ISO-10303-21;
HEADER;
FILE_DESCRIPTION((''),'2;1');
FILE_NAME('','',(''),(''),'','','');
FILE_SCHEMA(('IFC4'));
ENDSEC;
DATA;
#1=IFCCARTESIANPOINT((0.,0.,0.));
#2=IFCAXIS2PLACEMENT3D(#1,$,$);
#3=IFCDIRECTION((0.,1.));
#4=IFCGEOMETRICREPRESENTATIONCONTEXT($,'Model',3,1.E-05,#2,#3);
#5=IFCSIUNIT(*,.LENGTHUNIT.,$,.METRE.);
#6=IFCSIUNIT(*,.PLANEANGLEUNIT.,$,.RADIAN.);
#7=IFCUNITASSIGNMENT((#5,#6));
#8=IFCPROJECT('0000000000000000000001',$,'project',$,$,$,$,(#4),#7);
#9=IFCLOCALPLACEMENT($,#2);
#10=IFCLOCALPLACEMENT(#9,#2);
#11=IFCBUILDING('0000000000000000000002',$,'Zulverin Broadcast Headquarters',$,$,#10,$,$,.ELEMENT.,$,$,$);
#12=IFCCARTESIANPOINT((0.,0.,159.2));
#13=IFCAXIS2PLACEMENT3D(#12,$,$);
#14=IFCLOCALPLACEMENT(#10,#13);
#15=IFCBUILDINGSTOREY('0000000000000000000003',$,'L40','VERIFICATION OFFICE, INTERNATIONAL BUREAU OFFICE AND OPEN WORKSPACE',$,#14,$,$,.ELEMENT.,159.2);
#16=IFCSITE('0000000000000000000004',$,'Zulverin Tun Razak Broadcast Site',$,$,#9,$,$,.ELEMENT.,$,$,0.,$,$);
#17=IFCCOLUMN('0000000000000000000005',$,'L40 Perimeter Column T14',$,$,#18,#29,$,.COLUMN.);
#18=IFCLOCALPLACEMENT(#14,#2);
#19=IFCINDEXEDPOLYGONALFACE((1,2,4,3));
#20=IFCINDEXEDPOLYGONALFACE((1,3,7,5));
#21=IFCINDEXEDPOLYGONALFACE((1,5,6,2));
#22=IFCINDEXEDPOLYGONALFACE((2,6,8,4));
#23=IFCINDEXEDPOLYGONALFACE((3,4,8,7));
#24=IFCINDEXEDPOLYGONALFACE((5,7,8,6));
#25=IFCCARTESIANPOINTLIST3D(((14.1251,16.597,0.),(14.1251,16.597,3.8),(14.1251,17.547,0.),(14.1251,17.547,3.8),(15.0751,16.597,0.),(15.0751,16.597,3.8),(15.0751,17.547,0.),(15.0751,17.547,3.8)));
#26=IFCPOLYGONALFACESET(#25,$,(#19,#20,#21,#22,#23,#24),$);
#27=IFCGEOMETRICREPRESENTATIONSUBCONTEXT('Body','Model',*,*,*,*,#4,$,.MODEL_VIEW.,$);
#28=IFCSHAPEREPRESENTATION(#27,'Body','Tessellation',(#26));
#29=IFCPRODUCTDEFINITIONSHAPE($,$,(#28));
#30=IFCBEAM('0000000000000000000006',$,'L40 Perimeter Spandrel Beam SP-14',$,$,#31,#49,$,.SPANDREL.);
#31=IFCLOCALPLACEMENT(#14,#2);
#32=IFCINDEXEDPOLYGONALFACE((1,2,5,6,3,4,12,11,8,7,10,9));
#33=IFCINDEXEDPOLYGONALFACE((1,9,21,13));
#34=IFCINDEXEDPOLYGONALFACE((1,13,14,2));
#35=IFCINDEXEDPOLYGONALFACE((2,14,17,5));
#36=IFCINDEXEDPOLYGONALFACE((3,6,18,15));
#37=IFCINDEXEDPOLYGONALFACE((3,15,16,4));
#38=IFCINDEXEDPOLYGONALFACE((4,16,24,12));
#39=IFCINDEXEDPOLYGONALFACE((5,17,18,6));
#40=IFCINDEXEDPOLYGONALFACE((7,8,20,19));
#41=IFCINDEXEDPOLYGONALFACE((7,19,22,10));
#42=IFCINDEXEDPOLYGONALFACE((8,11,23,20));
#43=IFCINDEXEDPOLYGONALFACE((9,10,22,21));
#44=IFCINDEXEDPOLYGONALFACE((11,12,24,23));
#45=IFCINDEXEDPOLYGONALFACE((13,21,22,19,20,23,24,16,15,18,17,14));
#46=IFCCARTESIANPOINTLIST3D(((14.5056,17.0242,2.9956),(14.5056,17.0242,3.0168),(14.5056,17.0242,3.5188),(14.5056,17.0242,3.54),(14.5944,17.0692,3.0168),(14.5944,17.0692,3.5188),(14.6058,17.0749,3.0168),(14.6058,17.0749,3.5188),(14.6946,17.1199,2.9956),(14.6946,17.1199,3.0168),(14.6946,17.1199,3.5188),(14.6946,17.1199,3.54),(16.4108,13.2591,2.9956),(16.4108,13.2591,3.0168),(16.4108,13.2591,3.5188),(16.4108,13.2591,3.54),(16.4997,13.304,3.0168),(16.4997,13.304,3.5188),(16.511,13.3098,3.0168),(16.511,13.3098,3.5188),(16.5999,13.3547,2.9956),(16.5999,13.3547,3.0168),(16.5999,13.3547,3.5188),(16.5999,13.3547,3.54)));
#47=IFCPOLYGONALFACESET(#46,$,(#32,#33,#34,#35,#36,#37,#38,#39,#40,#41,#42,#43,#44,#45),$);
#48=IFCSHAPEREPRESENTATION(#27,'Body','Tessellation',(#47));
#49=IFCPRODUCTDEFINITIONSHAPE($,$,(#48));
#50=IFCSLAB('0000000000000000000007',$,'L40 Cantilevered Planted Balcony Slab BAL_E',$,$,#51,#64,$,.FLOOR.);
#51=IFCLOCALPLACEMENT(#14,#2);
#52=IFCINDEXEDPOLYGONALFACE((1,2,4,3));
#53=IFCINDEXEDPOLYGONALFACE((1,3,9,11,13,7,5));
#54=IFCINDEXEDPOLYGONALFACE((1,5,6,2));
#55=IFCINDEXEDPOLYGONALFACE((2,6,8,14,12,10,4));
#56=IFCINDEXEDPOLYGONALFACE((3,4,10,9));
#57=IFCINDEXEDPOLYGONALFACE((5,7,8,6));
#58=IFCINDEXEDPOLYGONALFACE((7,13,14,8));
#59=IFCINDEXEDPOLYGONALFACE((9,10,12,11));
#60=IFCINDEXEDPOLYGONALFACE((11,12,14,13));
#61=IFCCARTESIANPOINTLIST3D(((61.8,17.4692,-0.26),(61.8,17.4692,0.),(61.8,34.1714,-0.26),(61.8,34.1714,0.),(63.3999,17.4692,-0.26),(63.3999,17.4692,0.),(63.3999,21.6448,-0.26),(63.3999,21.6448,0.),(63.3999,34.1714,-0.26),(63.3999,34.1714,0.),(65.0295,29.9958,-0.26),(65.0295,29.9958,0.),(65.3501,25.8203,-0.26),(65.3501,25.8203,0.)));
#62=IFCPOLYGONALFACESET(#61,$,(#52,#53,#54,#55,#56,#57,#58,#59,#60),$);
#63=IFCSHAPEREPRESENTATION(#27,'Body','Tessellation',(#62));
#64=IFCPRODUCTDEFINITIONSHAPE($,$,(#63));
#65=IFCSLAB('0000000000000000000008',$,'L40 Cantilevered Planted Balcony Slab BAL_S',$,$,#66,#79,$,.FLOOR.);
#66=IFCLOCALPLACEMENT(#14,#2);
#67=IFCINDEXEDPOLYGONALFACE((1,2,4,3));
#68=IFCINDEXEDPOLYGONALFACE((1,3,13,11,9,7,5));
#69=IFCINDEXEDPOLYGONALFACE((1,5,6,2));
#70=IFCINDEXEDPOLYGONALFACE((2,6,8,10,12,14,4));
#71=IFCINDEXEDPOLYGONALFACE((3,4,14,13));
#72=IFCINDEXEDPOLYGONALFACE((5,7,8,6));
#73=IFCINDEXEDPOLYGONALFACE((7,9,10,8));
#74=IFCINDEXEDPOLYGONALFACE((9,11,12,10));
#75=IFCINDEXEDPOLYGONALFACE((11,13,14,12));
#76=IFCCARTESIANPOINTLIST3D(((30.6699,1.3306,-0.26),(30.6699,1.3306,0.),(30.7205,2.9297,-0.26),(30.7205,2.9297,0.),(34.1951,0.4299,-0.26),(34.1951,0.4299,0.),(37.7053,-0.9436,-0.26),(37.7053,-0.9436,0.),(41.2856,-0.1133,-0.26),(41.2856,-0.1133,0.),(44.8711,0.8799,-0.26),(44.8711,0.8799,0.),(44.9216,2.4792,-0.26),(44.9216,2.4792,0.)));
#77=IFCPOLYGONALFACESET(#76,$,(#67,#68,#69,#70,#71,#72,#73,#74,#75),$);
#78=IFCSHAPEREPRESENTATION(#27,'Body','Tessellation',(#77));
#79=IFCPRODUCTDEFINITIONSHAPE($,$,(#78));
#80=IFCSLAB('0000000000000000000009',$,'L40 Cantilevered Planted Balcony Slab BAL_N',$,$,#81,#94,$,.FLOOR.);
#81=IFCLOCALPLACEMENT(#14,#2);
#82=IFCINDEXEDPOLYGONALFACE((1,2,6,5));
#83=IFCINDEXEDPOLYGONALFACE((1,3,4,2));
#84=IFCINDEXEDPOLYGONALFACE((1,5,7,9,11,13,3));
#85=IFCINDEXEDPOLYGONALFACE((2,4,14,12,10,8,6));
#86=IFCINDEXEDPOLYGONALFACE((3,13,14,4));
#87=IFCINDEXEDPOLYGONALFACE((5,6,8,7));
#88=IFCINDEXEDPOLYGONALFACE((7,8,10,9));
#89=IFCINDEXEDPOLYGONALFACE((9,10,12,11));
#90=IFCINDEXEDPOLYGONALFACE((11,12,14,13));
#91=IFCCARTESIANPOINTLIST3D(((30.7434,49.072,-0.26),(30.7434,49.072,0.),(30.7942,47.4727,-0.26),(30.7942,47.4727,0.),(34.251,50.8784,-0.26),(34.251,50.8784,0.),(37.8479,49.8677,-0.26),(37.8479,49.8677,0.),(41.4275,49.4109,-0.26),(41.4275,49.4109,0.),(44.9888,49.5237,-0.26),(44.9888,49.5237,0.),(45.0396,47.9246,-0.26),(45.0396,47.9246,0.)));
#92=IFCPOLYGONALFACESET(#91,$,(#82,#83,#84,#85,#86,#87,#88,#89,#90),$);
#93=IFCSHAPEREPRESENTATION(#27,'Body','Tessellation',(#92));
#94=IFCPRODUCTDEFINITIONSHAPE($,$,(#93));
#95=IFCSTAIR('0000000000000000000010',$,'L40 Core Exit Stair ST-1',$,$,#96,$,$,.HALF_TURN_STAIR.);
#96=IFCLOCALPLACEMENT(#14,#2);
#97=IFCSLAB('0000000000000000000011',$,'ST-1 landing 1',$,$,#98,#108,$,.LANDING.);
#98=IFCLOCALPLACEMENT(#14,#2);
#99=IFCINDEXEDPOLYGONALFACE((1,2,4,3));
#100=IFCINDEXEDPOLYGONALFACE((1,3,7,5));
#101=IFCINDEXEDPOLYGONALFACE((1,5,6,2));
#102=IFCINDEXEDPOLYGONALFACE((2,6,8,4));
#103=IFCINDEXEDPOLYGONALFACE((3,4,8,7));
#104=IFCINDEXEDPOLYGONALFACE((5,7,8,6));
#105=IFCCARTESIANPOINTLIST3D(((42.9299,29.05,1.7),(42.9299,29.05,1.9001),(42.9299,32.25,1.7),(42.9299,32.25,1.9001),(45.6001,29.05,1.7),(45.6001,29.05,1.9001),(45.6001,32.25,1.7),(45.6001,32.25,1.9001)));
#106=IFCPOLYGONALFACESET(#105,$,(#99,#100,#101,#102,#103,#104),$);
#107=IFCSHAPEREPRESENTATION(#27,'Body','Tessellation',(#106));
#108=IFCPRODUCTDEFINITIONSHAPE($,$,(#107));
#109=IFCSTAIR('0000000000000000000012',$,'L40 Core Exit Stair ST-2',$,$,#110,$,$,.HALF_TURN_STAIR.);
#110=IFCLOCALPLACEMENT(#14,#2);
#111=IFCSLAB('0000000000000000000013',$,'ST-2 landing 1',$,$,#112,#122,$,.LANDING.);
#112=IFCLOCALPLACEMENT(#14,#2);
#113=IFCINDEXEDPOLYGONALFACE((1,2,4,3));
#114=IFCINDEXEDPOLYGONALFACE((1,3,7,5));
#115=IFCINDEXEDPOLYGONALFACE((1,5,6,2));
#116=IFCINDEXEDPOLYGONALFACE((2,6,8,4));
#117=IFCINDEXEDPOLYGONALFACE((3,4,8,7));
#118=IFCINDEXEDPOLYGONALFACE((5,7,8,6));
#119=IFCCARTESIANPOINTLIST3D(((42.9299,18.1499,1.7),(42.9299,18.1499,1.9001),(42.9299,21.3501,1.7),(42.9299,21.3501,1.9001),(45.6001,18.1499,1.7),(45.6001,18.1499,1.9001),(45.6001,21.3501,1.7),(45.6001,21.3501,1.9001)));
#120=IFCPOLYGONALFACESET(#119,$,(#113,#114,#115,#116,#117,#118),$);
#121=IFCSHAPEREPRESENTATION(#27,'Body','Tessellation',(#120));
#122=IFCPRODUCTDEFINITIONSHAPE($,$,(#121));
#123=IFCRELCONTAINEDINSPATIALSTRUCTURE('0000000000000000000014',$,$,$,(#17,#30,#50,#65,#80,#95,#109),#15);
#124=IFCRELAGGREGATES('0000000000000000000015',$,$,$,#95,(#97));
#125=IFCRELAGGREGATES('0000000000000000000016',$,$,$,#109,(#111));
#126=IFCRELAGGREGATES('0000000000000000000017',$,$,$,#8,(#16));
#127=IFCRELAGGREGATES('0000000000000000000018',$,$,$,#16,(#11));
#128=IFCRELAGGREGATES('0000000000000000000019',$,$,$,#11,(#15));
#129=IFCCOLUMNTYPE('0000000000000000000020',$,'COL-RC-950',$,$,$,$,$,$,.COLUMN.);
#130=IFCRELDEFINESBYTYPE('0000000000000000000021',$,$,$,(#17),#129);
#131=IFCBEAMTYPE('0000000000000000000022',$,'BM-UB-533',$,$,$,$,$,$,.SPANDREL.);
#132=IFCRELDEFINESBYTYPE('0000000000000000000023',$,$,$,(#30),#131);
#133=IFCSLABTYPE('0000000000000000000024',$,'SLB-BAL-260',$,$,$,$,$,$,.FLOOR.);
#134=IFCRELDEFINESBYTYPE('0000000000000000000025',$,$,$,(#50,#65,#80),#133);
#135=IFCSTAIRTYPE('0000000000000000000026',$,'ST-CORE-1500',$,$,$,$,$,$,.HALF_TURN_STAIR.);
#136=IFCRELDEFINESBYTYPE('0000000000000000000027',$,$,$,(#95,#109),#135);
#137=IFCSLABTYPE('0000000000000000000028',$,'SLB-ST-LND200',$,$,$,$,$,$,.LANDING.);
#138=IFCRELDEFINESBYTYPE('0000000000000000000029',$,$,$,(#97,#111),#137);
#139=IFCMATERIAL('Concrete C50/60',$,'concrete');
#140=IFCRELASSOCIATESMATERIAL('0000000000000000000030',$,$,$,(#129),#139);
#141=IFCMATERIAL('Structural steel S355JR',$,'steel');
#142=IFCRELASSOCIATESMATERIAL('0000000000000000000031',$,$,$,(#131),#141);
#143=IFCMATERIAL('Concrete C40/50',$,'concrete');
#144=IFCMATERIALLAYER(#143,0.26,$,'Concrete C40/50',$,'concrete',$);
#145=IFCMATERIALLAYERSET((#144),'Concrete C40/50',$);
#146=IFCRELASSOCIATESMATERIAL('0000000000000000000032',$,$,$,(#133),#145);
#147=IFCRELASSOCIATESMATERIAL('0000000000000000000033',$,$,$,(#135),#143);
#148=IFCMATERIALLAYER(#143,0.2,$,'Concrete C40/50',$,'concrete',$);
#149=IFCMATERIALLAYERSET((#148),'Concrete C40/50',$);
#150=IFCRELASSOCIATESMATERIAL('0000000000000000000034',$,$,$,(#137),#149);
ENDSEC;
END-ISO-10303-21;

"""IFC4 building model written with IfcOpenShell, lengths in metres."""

from ifc_helpers import new_model, si_unit, direction, frame, origin, origin_2d, place, context, subcontext, project, spatial, polyline, rectangle, i_section, outline, extrude, material, layer, layer_set, material_profile, profile_set, type_object, element, aggregate, save


model = new_model("IFC4")

# Units and contexts
model_context = context("Model", 3, precision=1e-05, world=origin(), true_north=direction((0.0, 1.0)))
body_context = subcontext(model_context, "Body", "Model", "MODEL_VIEW")
ifc_project = project(units=[si_unit("LENGTHUNIT", "METRE"), si_unit("PLANEANGLEUNIT", "RADIAN")], contexts=[model_context])

# Site, building, storey
site_placement = place(None, origin())
site = spatial("IfcSite", under=ifc_project, at=site_placement, Name="Zulverin Tun Razak Broadcast Site", CompositionType="ELEMENT", RefElevation=0.0)
building_placement = place(site_placement, origin())
building = spatial("IfcBuilding", under=site, at=building_placement, Name="Zulverin Broadcast Headquarters", CompositionType="ELEMENT")
storey_placement = place(building_placement, frame((0.0, 0.0, 159.2)))
storey = spatial("IfcBuildingStorey", under=building, at=storey_placement, Name="L40", Description="VERIFICATION OFFICE, INTERNATIONAL BUREAU OFFICE AND OPEN WORKSPACE", CompositionType="ELEMENT", Elevation=159.2)

# Column
ifc_material_1 = material(Name="Concrete C50/60", Category="concrete")
ifc_material_profile_1 = material_profile(ifc_material_1, rectangle(XDim=0.95, YDim=0.95, at=origin_2d()), Name="Concrete C50/60", Category="concrete")
ifc_profile_set_1 = profile_set([ifc_material_profile_1], Name="Concrete C50/60")
column_type = type_object("IfcColumnType", Name="COL-RC-950", PredefinedType="COLUMN", material=ifc_profile_set_1)
column_placement = place(storey_placement, frame((14.6001, 17.072, 0.0), z_axis=(0.0, 0.0, 1.0), x_axis=(1.0, 0.0, 0.0)))
element("IfcColumn", 1, at=column_placement, inside=storey, type_object=column_type, Name="L40 Perimeter Column T14", PredefinedType="COLUMN", context=body_context, shape_type="SweptSolid", body=[
    extrude(rectangle(XDim=0.95, YDim=0.95, at=origin_2d()), origin(), (0.0, 0.0, 1.0), 3.8),
])

# Beam
ifc_material_2 = material(Name="Structural steel S355JR", Category="steel")
ifc_material_profile_2 = material_profile(ifc_material_2, i_section(OverallWidth=0.2119, OverallDepth=0.5444, WebThickness=0.0127, FlangeThickness=0.0212, at=origin_2d()), Name="Structural steel S355JR", Category="steel")
ifc_profile_set_2 = profile_set([ifc_material_profile_2], Name="Structural steel S355JR")
beam_type = type_object("IfcBeamType", Name="BM-UB-533", PredefinedType="SPANDREL", material=ifc_profile_set_2)
beam_placement = place(storey_placement, frame((14.6001, 17.072, 3.2678), z_axis=(0.451513, -0.892265, 0.0), x_axis=(0.892265, 0.451513, 0.0)))
element("IfcBeam", 2, at=beam_placement, inside=storey, type_object=beam_type, Name="L40 Perimeter Spandrel Beam SP-14", PredefinedType="SPANDREL", context=body_context, shape_type="SweptSolid", body=[
    extrude(i_section(OverallWidth=0.2119, OverallDepth=0.5444, WebThickness=0.0127, FlangeThickness=0.0212, at=origin_2d()), origin(), (0.0, 0.0, 1.0), 4.2197),
])

# Slabs
ifc_material_3 = material(Name="Concrete C40/50", Category="concrete")
ifc_layer_1 = layer(ifc_material_3, 0.26, Name="Concrete C40/50", Category="concrete")
ifc_layer_set_1 = layer_set([ifc_layer_1], Name="Concrete C40/50")
slab_type_1 = type_object("IfcSlabType", Name="SLB-BAL-260", PredefinedType="FLOOR", material=ifc_layer_set_1)
slab_1_placement = place(storey_placement, frame((0.0, 0.0, -0.26)))
element("IfcSlab", 3, at=slab_1_placement, inside=storey, type_object=slab_type_1, Name="L40 Cantilevered Planted Balcony Slab BAL_E", PredefinedType="FLOOR", context=body_context, shape_type="SweptSolid", body=[
    extrude(outline(polyline([(61.8, 34.1714), (61.8, 17.4692), (63.3999, 17.4692), (63.3999, 21.6448), (65.3501, 25.8203), (65.0295, 29.9958), (63.3999, 34.1714), (61.8, 34.1714)])), origin(), (0.0, 0.0, 1.0), 0.26),
])
slab_2_placement = place(storey_placement, frame((0.0, 0.0, -0.26)))
element("IfcSlab", 4, at=slab_2_placement, inside=storey, type_object=slab_type_1, Name="L40 Cantilevered Planted Balcony Slab BAL_S", PredefinedType="FLOOR", context=body_context, shape_type="SweptSolid", body=[
    extrude(outline(polyline([(44.9216, 2.4792), (30.7205, 2.9297), (30.6699, 1.3306), (34.1951, 0.4299), (37.7053, -0.9436), (41.2856, -0.1133), (44.8711, 0.8799), (44.9216, 2.4792)])), origin(), (0.0, 0.0, 1.0), 0.26),
])
slab_3_placement = place(storey_placement, frame((0.0, 0.0, -0.26)))
element("IfcSlab", 5, at=slab_3_placement, inside=storey, type_object=slab_type_1, Name="L40 Cantilevered Planted Balcony Slab BAL_N", PredefinedType="FLOOR", context=body_context, shape_type="SweptSolid", body=[
    extrude(outline(polyline([(30.7942, 47.4727), (45.0396, 47.9246), (44.9888, 49.5237), (41.4275, 49.4109), (37.8479, 49.8677), (34.251, 50.8784), (30.7434, 49.072), (30.7942, 47.4727)])), origin(), (0.0, 0.0, 1.0), 0.26),
])

# Stairs, slabs
stair_type = type_object("IfcStairType", Name="ST-CORE-1500", PredefinedType="HALF_TURN_STAIR", material=ifc_material_3)
stair_1_placement = place(storey_placement, origin())
stair_1 = element("IfcStair", 6, at=stair_1_placement, inside=storey, type_object=stair_type, Name="L40 Core Exit Stair ST-1", PredefinedType="HALF_TURN_STAIR")
ifc_layer_2 = layer(ifc_material_3, 0.2, Name="Concrete C40/50", Category="concrete")
ifc_layer_set_2 = layer_set([ifc_layer_2], Name="Concrete C40/50")
slab_type_2 = type_object("IfcSlabType", Name="SLB-ST-LND200", PredefinedType="LANDING", material=ifc_layer_set_2)
slab_4_placement = place(storey_placement, frame((0.0, 0.0, 1.7)))
slab_4 = element("IfcSlab", 7, at=slab_4_placement, type_object=slab_type_2, Name="ST-1 landing 1", PredefinedType="LANDING", context=body_context, shape_type="SweptSolid", body=[
    extrude(outline(polyline([(42.9299, 29.05), (45.6001, 29.05), (45.6001, 32.25), (42.9299, 32.25), (42.9299, 29.05)])), origin(), (0.0, 0.0, 1.0), 0.2002),
])
aggregate(stair_1, [slab_4])
stair_2_placement = place(storey_placement, origin())
stair_2 = element("IfcStair", 8, at=stair_2_placement, inside=storey, type_object=stair_type, Name="L40 Core Exit Stair ST-2", PredefinedType="HALF_TURN_STAIR")
slab_5_placement = place(storey_placement, frame((0.0, 0.0, 1.7)))
slab_5 = element("IfcSlab", 9, at=slab_5_placement, type_object=slab_type_2, Name="ST-2 landing 1", PredefinedType="LANDING", context=body_context, shape_type="SweptSolid", body=[
    extrude(outline(polyline([(42.9299, 18.1499), (45.6001, 18.1499), (45.6001, 21.3501), (42.9299, 21.3501), (42.9299, 18.1499)])), origin(), (0.0, 0.0, 1.0), 0.2002),
])
aggregate(stair_2, [slab_5])

save(model, "model.ifc")
